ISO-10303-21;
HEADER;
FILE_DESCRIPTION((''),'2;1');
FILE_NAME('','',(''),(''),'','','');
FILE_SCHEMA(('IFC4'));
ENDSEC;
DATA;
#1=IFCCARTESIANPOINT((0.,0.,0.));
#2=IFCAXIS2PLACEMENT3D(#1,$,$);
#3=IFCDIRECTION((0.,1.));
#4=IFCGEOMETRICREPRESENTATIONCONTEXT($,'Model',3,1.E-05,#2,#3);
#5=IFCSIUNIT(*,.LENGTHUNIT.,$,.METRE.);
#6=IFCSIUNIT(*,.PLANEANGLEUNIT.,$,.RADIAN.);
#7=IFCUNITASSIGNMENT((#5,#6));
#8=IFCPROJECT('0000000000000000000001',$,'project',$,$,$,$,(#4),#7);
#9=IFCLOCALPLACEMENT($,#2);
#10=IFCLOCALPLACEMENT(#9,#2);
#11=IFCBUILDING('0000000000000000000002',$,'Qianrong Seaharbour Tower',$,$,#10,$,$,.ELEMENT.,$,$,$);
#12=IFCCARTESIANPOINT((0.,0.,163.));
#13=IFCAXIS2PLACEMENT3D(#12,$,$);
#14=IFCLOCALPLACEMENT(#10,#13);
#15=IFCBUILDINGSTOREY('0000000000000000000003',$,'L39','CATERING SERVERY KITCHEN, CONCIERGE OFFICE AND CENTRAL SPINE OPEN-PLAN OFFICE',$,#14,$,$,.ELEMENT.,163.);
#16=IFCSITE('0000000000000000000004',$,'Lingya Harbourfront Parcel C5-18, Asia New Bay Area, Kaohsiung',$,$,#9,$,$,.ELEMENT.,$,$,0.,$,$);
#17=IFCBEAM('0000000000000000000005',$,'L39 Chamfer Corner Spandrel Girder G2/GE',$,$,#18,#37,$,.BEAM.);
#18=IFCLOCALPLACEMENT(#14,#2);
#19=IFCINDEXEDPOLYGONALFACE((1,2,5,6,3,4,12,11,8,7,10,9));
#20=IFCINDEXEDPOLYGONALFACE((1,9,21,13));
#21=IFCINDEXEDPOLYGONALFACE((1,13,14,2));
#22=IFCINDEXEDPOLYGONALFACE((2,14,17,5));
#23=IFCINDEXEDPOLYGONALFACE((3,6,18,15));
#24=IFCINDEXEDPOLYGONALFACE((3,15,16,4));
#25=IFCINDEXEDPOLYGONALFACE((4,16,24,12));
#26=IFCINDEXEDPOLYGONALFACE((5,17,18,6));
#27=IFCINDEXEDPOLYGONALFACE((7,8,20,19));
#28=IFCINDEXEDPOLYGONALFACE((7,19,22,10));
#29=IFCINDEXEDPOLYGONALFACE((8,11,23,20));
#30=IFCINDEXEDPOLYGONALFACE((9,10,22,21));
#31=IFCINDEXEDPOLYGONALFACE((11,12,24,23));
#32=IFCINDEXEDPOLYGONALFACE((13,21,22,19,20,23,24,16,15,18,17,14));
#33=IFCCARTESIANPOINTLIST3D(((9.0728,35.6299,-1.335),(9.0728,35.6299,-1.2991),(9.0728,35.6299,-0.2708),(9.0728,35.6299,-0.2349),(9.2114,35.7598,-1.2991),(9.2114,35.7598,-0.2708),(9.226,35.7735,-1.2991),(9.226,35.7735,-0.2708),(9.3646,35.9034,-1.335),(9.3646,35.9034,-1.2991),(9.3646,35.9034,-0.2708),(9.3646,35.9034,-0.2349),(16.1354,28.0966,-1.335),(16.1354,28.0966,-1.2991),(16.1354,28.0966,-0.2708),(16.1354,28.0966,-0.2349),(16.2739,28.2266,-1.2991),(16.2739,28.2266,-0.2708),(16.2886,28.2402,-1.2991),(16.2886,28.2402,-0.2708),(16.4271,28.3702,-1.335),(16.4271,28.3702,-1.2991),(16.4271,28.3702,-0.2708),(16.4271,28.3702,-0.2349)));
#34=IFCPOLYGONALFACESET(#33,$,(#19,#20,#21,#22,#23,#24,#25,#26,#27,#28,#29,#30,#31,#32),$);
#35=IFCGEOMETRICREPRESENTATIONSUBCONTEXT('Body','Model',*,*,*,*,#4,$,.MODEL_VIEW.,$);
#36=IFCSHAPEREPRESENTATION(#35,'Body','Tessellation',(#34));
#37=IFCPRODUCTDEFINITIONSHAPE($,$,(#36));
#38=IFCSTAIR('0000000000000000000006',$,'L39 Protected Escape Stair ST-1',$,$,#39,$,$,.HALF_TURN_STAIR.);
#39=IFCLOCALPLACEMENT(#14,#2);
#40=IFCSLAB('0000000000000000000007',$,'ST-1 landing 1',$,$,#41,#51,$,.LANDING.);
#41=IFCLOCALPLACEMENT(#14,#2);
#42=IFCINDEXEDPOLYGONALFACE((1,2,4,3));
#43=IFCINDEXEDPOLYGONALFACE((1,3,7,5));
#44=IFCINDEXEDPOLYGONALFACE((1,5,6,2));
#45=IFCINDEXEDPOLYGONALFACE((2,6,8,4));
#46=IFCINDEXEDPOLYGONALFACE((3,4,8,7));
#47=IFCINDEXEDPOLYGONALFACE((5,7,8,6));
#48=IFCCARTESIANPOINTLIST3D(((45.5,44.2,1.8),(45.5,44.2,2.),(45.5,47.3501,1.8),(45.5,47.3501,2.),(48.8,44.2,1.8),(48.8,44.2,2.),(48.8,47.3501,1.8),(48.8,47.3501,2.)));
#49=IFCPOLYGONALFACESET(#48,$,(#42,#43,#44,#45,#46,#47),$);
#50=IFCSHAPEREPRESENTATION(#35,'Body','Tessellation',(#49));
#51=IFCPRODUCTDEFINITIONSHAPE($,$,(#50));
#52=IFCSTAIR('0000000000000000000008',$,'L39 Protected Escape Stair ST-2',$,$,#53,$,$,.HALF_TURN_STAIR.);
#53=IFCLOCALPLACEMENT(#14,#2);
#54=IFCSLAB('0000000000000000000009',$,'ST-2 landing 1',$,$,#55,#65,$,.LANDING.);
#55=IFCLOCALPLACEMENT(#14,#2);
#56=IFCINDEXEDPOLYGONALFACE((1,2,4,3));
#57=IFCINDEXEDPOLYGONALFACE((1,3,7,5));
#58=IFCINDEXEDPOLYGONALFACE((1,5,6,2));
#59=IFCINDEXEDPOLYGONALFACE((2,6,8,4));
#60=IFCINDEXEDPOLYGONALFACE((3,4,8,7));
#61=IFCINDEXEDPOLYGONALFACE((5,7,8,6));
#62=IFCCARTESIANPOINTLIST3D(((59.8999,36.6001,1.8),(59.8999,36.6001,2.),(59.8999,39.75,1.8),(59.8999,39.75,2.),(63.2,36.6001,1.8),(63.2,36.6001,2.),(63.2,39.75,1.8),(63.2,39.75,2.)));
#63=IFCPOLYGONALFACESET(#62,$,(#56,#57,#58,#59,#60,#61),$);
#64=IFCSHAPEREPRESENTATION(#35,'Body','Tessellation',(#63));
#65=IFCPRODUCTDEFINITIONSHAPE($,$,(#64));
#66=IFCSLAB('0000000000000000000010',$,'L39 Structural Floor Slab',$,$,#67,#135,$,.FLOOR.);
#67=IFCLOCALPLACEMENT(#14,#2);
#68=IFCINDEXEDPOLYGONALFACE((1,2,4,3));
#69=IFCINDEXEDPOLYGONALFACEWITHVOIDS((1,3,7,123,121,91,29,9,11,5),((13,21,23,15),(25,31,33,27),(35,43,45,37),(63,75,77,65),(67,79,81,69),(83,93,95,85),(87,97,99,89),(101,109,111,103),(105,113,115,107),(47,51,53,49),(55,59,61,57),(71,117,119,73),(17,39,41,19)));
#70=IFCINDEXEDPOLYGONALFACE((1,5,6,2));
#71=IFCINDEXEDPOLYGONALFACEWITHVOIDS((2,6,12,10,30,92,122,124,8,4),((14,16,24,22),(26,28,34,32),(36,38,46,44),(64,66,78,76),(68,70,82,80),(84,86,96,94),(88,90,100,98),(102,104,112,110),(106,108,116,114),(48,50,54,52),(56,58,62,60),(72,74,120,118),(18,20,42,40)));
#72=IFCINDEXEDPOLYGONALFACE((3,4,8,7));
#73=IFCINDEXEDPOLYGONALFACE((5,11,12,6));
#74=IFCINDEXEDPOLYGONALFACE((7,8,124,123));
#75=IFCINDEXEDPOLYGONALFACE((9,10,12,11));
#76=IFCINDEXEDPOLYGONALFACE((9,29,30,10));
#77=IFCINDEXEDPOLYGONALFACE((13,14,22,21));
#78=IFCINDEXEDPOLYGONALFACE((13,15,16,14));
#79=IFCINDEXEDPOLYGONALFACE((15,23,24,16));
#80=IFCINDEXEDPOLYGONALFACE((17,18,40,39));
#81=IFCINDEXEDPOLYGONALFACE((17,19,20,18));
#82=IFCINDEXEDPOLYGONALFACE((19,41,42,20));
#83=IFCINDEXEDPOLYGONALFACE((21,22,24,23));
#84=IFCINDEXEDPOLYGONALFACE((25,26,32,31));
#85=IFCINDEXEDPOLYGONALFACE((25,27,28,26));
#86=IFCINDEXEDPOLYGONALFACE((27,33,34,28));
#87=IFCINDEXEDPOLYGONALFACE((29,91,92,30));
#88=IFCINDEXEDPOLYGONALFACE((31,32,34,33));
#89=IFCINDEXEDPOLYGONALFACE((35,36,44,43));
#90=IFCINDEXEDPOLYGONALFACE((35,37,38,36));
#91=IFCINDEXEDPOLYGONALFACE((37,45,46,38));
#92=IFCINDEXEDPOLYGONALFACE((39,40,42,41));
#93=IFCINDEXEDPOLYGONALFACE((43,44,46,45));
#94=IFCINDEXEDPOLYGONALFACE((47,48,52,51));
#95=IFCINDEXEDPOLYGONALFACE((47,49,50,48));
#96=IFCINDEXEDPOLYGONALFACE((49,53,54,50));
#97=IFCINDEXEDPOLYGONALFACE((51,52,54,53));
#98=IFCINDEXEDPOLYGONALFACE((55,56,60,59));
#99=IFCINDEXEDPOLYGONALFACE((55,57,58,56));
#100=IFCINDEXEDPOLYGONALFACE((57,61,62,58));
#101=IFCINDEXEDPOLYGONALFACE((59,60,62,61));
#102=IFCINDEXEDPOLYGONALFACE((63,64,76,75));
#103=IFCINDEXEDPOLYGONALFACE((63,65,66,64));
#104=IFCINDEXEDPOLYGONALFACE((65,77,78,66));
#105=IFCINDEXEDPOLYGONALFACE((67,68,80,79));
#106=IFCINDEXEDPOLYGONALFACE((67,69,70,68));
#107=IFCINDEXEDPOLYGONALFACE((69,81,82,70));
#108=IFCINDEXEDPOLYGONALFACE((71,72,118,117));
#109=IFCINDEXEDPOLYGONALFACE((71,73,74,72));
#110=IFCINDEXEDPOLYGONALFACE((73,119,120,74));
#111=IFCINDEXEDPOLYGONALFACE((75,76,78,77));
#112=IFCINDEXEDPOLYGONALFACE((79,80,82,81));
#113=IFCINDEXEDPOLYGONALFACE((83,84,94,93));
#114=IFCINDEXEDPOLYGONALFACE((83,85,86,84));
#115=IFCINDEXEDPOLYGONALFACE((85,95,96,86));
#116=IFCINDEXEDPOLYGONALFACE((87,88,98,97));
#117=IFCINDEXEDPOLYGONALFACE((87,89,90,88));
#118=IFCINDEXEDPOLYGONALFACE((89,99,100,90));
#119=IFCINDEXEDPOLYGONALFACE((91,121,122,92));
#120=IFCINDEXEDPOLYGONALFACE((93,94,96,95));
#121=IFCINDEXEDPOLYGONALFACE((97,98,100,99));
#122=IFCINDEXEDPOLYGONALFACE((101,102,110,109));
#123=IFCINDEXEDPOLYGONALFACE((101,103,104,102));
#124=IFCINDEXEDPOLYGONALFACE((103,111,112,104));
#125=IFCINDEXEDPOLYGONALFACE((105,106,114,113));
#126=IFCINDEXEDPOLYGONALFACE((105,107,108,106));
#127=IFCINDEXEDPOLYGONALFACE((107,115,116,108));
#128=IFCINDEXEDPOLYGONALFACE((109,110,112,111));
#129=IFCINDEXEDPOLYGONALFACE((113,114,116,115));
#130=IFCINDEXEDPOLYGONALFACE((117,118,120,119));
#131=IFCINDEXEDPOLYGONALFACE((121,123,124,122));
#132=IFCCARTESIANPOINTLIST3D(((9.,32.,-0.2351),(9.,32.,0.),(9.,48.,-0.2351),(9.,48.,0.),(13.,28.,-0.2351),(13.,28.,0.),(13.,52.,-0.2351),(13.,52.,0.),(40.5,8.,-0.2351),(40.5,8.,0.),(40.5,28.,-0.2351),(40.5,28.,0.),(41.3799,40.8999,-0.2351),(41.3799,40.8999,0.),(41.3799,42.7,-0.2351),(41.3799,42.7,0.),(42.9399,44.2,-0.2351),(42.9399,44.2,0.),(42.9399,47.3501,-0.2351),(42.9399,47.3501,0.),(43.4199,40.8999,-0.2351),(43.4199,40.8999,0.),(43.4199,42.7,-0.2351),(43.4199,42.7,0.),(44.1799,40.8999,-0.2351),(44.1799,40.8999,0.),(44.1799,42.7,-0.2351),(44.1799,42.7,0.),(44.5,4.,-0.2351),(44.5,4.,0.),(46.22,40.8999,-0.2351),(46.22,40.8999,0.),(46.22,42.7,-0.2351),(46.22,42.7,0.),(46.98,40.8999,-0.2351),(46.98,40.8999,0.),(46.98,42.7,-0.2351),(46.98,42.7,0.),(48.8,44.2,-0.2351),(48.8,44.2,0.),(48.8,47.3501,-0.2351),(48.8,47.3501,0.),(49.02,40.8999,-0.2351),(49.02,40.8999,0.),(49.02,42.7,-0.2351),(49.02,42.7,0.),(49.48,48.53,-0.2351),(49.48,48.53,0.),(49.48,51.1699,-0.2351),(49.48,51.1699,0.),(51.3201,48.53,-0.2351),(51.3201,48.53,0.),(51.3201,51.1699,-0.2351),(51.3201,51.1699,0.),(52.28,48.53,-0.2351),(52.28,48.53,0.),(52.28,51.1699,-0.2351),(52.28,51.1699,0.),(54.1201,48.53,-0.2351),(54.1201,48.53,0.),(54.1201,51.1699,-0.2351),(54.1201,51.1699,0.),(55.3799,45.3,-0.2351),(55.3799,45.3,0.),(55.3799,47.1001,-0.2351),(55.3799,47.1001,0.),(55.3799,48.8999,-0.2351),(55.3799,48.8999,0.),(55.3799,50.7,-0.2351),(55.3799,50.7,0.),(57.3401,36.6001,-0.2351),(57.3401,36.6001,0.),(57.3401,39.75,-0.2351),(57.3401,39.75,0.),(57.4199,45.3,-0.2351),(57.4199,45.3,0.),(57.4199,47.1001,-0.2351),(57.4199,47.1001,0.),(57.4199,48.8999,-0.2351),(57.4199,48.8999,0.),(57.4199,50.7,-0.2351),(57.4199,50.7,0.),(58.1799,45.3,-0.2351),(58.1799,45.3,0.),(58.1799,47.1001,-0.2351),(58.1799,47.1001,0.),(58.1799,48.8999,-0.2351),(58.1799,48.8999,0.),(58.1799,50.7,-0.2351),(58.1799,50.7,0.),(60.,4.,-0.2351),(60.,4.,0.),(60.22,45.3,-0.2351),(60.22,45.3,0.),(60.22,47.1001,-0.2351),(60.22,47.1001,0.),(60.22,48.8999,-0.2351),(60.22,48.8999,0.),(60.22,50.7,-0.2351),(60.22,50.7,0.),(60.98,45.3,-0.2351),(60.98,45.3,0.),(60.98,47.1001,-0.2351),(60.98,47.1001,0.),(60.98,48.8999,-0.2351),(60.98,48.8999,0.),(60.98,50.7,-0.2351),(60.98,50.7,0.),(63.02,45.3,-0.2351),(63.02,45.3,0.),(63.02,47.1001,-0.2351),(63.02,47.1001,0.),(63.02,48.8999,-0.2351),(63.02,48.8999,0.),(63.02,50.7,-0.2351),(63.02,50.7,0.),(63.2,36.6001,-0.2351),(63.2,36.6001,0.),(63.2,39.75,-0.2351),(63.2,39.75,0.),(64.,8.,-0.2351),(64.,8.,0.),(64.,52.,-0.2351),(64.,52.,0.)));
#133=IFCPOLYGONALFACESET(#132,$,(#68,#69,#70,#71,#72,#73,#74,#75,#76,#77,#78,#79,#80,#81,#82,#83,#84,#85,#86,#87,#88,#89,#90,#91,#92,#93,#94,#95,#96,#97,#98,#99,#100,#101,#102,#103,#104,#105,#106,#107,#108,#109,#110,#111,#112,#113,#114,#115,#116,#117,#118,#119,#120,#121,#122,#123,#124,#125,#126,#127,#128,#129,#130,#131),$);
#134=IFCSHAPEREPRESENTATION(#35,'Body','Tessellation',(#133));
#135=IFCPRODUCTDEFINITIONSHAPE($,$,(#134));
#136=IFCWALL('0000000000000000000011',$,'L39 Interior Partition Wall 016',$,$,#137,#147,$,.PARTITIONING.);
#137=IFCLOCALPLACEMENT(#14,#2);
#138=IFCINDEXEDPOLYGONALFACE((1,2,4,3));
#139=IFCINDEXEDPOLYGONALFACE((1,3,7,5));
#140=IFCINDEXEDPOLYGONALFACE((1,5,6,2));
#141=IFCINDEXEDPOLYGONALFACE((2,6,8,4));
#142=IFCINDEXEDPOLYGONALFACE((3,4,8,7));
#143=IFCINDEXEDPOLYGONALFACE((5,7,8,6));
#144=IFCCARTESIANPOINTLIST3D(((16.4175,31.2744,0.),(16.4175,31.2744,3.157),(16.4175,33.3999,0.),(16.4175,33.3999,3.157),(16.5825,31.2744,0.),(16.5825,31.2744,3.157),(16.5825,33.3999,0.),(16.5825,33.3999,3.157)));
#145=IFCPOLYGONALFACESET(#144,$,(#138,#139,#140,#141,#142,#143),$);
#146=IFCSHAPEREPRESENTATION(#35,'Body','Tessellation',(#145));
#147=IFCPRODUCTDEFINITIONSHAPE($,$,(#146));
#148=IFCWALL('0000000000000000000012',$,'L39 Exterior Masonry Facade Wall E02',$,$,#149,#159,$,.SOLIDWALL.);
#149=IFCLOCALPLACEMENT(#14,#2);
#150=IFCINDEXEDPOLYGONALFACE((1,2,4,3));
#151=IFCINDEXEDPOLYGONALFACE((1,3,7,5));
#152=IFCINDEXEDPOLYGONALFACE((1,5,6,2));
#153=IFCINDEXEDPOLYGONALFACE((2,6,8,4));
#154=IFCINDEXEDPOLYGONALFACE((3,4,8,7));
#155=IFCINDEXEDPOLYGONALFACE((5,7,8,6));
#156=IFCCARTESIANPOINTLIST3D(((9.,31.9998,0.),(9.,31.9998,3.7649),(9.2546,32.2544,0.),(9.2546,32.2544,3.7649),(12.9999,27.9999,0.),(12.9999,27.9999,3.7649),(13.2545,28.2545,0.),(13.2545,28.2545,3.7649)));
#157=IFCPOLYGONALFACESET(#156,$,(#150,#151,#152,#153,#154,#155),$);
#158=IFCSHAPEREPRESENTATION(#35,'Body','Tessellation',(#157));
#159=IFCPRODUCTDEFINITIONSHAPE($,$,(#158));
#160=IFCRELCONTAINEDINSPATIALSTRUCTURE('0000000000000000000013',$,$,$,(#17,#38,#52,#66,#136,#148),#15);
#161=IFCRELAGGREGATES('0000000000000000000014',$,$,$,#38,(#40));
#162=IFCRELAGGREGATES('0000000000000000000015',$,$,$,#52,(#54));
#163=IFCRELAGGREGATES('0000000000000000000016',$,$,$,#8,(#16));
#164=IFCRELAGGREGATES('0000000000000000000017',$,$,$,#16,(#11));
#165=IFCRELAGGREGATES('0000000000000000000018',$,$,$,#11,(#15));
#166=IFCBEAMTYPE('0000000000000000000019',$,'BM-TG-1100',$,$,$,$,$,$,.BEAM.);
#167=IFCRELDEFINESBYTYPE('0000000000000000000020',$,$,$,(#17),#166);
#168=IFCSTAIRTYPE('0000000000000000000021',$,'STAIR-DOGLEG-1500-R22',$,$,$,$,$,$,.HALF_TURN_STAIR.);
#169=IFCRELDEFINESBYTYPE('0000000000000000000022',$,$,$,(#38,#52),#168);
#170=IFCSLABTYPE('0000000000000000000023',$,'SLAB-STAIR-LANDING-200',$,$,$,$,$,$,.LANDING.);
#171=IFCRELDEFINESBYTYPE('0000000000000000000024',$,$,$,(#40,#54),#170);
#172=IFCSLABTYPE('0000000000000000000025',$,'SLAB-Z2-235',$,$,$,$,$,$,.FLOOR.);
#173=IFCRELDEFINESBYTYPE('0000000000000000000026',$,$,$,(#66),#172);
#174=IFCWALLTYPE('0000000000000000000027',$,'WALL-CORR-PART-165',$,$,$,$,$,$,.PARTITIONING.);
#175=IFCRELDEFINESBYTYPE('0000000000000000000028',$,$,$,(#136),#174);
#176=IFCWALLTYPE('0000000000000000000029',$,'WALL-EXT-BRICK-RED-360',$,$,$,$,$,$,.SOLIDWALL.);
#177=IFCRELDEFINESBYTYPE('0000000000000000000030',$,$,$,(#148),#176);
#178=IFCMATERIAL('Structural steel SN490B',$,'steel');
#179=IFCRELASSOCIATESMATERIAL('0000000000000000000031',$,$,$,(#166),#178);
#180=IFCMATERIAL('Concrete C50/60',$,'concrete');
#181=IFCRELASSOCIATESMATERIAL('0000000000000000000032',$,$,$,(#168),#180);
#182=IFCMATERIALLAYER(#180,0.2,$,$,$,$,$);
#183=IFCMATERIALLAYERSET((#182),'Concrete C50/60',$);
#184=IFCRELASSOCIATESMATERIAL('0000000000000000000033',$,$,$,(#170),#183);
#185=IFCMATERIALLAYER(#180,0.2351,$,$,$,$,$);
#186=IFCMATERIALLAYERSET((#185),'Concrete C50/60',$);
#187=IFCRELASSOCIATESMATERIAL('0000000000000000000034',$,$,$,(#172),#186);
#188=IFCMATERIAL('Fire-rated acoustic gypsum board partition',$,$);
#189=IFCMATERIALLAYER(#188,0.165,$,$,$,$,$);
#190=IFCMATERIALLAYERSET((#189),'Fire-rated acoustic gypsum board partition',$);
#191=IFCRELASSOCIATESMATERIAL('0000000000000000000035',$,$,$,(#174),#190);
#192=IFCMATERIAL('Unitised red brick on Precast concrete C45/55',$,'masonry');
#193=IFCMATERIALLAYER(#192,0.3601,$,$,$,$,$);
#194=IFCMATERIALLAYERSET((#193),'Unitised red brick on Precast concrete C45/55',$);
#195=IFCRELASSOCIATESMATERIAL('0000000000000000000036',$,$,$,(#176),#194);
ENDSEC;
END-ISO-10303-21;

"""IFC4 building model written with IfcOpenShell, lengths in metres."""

from ifc_helpers import new_model, si_unit, direction, frame, frame_2d, origin, origin_2d, place, context, subcontext, project, spatial, polyline, rectangle, i_section, outline, extrude, material, layer, layer_set, material_profile, profile_set, type_object, element, aggregate, save


model = new_model("IFC4")

# Units and contexts
model_context = context("Model", 3, precision=1e-05, world=origin(), true_north=direction((0.0, 1.0)))
body_context = subcontext(model_context, "Body", "Model", "MODEL_VIEW")
ifc_project = project(units=[si_unit("LENGTHUNIT", "METRE"), si_unit("PLANEANGLEUNIT", "RADIAN")], contexts=[model_context])

# Site, building, storey
site_placement = place(None, origin())
site = spatial("IfcSite", under=ifc_project, at=site_placement, Name="Lingya Harbourfront Parcel C5-18, Asia New Bay Area, Kaohsiung", CompositionType="ELEMENT", RefElevation=0.0)
building_placement = place(site_placement, origin())
building = spatial("IfcBuilding", under=site, at=building_placement, Name="Qianrong Seaharbour Tower", CompositionType="ELEMENT")
storey_placement = place(building_placement, frame((0.0, 0.0, 163.0)))
storey = spatial("IfcBuildingStorey", under=building, at=storey_placement, Name="L39", Description="CATERING SERVERY KITCHEN, CONCIERGE OFFICE AND CENTRAL SPINE OPEN-PLAN OFFICE", CompositionType="ELEMENT", Elevation=163.0)

# Shared definitions
ifc_material_1 = material(Name="Structural steel SN490B", Category="steel")

# Beam
ifc_material_profile_1 = material_profile(ifc_material_1, i_section(OverallWidth=0.3999, OverallDepth=1.1001, WebThickness=0.02, FlangeThickness=0.0359, at=origin_2d()), Name="BH1100x400x20x36")
ifc_profile_set_1 = profile_set([ifc_material_profile_1], Name="Structural steel SN490B")
beam_type_1 = type_object("IfcBeamType", Name="BM-TG-1100", PredefinedType="BEAM", material=ifc_profile_set_1)
beam_1_placement = place(storey_placement, frame((16.2812, 28.2334, -0.7849), z_axis=(-0.683947, 0.729531, 0.0), x_axis=(-0.729531, -0.683947, 0.0)))
element("IfcBeam", 1, at=beam_1_placement, inside=storey, type_object=beam_type_1, Name="L39 Chamfer Corner Spandrel Girder G2/GE", PredefinedType="BEAM", context=body_context, shape_type="SweptSolid", body=[
    extrude(i_section(OverallWidth=0.3999, OverallDepth=1.1001, WebThickness=0.02, FlangeThickness=0.0359, at=origin_2d()), origin(), (0.0, 0.0, 1.0), 10.3262),
])

# Stairs, slabs
ifc_material_2 = material(Name="Concrete C50/60", Category="concrete")
stair_type = type_object("IfcStairType", Name="STAIR-DOGLEG-1500-R22", PredefinedType="HALF_TURN_STAIR", material=ifc_material_2)
stair_1_placement = place(storey_placement, origin())
stair_1 = element("IfcStair", 2, at=stair_1_placement, inside=storey, type_object=stair_type, Name="L39 Protected Escape Stair ST-1", PredefinedType="HALF_TURN_STAIR")
ifc_layer_1 = layer(ifc_material_2, 0.2)
ifc_layer_set_1 = layer_set([ifc_layer_1], Name="Concrete C50/60")
slab_type_1 = type_object("IfcSlabType", Name="SLAB-STAIR-LANDING-200", PredefinedType="LANDING", material=ifc_layer_set_1)
slab_1_placement = place(storey_placement, frame((0.0, 0.0, 1.8)))
slab_1 = element("IfcSlab", 3, at=slab_1_placement, type_object=slab_type_1, Name="ST-1 landing 1", PredefinedType="LANDING", context=body_context, shape_type="SweptSolid", body=[
    extrude(outline(polyline([(45.5, 44.2), (48.8, 44.2), (48.8, 47.3501), (45.5, 47.3501), (45.5, 44.2)])), origin(), (0.0, 0.0, 1.0), 0.2),
])
aggregate(stair_1, [slab_1])
stair_2_placement = place(storey_placement, origin())
stair_2 = element("IfcStair", 4, at=stair_2_placement, inside=storey, type_object=stair_type, Name="L39 Protected Escape Stair ST-2", PredefinedType="HALF_TURN_STAIR")
slab_2_placement = place(storey_placement, frame((0.0, 0.0, 1.8)))
slab_2 = element("IfcSlab", 5, at=slab_2_placement, type_object=slab_type_1, Name="ST-2 landing 1", PredefinedType="LANDING", context=body_context, shape_type="SweptSolid", body=[
    extrude(outline(polyline([(59.8999, 36.6001), (63.2, 36.6001), (63.2, 39.75), (59.8999, 39.75), (59.8999, 36.6001)])), origin(), (0.0, 0.0, 1.0), 0.2),
])
aggregate(stair_2, [slab_2])

# Slab
ifc_layer_2 = layer(ifc_material_2, 0.2351)
ifc_layer_set_2 = layer_set([ifc_layer_2], Name="Concrete C50/60")
slab_type_2 = type_object("IfcSlabType", Name="SLAB-Z2-235", PredefinedType="FLOOR", material=ifc_layer_set_2)
slab_3_placement = place(storey_placement, frame((0.0, 0.0, -0.2351)))
element("IfcSlab", 6, at=slab_3_placement, inside=storey, type_object=slab_type_2, Name="L39 Structural Floor Slab", PredefinedType="FLOOR", context=body_context, shape_type="SweptSolid", body=[
    extrude(outline(polyline([(44.5, 4.0), (60.0, 4.0), (64.0, 8.0), (64.0, 52.0), (13.0, 52.0), (9.0, 48.0), (9.0, 32.0), (13.0, 28.0), (40.5, 28.0), (40.5, 8.0), (44.5, 4.0)]), holes=[polyline([(42.9399, 44.2), (42.9399, 47.3501), (48.8, 47.3501), (48.8, 44.2), (42.9399, 44.2)]), polyline([(57.3401, 36.6001), (57.3401, 39.75), (63.2, 39.75), (63.2, 36.6001), (57.3401, 36.6001)]), polyline([(49.48, 48.53), (49.48, 51.1699), (51.3201, 51.1699), (51.3201, 48.53), (49.48, 48.53)]), polyline([(52.28, 48.53), (52.28, 51.1699), (54.1201, 51.1699), (54.1201, 48.53), (52.28, 48.53)]), polyline([(41.3799, 40.8999), (41.3799, 42.7), (43.4199, 42.7), (43.4199, 40.8999), (41.3799, 40.8999)]), polyline([(44.1799, 40.8999), (44.1799, 42.7), (46.22, 42.7), (46.22, 40.8999), (44.1799, 40.8999)]), polyline([(46.98, 40.8999), (46.98, 42.7), (49.02, 42.7), (49.02, 40.8999), (46.98, 40.8999)]), polyline([(55.3799, 45.3), (55.3799, 47.1001), (57.4199, 47.1001), (57.4199, 45.3), (55.3799, 45.3)]), polyline([(58.1799, 45.3), (58.1799, 47.1001), (60.22, 47.1001), (60.22, 45.3), (58.1799, 45.3)]), polyline([(60.98, 45.3), (60.98, 47.1001), (63.02, 47.1001), (63.02, 45.3), (60.98, 45.3)]), polyline([(55.3799, 48.8999), (55.3799, 50.7), (57.4199, 50.7), (57.4199, 48.8999), (55.3799, 48.8999)]), polyline([(58.1799, 48.8999), (58.1799, 50.7), (60.22, 50.7), (60.22, 48.8999), (58.1799, 48.8999)]), polyline([(60.98, 48.8999), (60.98, 50.7), (63.02, 50.7), (63.02, 48.8999), (60.98, 48.8999)])]), origin(), (0.0, 0.0, 1.0), 0.2351),
])

# Walls
ifc_material_3 = material(Name="Fire-rated acoustic gypsum board partition")
ifc_layer_3 = layer(ifc_material_3, 0.165)
ifc_layer_set_3 = layer_set([ifc_layer_3], Name="Fire-rated acoustic gypsum board partition")
wall_type_1 = type_object("IfcWallType", Name="WALL-CORR-PART-165", PredefinedType="PARTITIONING", material=ifc_layer_set_3)
wall_1_placement = place(storey_placement, frame((16.5, 31.2744, 0.0), z_axis=(0.0, 0.0, 1.0), x_axis=(0.0, 1.0, 0.0)))
element("IfcWall", 7, at=wall_1_placement, inside=storey, type_object=wall_type_1, Name="L39 Interior Partition Wall 016", PredefinedType="PARTITIONING", context=body_context, shape_type="SweptSolid", body=[
    extrude(rectangle(XDim=2.1255, YDim=0.165, at=frame_2d((1.0627, 0.0))), origin(), (0.0, 0.0, 1.0), 3.157),
])
ifc_material_4 = material(Name="Unitised red brick on Precast concrete C45/55", Category="masonry")
ifc_layer_4 = layer(ifc_material_4, 0.3601)
ifc_layer_set_4 = layer_set([ifc_layer_4], Name="Unitised red brick on Precast concrete C45/55")
wall_type_2 = type_object("IfcWallType", Name="WALL-EXT-BRICK-RED-360", PredefinedType="SOLIDWALL", material=ifc_layer_set_4)
wall_2_placement = place(storey_placement, frame((13.1272, 28.1272, 0.0), z_axis=(0.0, 0.0, 1.0), x_axis=(-0.707107, 0.707107, 0.0)))
element("IfcWall", 8, at=wall_2_placement, inside=storey, type_object=wall_type_2, Name="L39 Exterior Masonry Facade Wall E02", PredefinedType="SOLIDWALL", context=body_context, shape_type="SweptSolid", body=[
    extrude(rectangle(XDim=5.6567, YDim=0.3601, at=frame_2d((2.8284, 0.0))), origin(), (0.0, 0.0, 1.0), 3.7649),
])

save(model, "model.ifc")
